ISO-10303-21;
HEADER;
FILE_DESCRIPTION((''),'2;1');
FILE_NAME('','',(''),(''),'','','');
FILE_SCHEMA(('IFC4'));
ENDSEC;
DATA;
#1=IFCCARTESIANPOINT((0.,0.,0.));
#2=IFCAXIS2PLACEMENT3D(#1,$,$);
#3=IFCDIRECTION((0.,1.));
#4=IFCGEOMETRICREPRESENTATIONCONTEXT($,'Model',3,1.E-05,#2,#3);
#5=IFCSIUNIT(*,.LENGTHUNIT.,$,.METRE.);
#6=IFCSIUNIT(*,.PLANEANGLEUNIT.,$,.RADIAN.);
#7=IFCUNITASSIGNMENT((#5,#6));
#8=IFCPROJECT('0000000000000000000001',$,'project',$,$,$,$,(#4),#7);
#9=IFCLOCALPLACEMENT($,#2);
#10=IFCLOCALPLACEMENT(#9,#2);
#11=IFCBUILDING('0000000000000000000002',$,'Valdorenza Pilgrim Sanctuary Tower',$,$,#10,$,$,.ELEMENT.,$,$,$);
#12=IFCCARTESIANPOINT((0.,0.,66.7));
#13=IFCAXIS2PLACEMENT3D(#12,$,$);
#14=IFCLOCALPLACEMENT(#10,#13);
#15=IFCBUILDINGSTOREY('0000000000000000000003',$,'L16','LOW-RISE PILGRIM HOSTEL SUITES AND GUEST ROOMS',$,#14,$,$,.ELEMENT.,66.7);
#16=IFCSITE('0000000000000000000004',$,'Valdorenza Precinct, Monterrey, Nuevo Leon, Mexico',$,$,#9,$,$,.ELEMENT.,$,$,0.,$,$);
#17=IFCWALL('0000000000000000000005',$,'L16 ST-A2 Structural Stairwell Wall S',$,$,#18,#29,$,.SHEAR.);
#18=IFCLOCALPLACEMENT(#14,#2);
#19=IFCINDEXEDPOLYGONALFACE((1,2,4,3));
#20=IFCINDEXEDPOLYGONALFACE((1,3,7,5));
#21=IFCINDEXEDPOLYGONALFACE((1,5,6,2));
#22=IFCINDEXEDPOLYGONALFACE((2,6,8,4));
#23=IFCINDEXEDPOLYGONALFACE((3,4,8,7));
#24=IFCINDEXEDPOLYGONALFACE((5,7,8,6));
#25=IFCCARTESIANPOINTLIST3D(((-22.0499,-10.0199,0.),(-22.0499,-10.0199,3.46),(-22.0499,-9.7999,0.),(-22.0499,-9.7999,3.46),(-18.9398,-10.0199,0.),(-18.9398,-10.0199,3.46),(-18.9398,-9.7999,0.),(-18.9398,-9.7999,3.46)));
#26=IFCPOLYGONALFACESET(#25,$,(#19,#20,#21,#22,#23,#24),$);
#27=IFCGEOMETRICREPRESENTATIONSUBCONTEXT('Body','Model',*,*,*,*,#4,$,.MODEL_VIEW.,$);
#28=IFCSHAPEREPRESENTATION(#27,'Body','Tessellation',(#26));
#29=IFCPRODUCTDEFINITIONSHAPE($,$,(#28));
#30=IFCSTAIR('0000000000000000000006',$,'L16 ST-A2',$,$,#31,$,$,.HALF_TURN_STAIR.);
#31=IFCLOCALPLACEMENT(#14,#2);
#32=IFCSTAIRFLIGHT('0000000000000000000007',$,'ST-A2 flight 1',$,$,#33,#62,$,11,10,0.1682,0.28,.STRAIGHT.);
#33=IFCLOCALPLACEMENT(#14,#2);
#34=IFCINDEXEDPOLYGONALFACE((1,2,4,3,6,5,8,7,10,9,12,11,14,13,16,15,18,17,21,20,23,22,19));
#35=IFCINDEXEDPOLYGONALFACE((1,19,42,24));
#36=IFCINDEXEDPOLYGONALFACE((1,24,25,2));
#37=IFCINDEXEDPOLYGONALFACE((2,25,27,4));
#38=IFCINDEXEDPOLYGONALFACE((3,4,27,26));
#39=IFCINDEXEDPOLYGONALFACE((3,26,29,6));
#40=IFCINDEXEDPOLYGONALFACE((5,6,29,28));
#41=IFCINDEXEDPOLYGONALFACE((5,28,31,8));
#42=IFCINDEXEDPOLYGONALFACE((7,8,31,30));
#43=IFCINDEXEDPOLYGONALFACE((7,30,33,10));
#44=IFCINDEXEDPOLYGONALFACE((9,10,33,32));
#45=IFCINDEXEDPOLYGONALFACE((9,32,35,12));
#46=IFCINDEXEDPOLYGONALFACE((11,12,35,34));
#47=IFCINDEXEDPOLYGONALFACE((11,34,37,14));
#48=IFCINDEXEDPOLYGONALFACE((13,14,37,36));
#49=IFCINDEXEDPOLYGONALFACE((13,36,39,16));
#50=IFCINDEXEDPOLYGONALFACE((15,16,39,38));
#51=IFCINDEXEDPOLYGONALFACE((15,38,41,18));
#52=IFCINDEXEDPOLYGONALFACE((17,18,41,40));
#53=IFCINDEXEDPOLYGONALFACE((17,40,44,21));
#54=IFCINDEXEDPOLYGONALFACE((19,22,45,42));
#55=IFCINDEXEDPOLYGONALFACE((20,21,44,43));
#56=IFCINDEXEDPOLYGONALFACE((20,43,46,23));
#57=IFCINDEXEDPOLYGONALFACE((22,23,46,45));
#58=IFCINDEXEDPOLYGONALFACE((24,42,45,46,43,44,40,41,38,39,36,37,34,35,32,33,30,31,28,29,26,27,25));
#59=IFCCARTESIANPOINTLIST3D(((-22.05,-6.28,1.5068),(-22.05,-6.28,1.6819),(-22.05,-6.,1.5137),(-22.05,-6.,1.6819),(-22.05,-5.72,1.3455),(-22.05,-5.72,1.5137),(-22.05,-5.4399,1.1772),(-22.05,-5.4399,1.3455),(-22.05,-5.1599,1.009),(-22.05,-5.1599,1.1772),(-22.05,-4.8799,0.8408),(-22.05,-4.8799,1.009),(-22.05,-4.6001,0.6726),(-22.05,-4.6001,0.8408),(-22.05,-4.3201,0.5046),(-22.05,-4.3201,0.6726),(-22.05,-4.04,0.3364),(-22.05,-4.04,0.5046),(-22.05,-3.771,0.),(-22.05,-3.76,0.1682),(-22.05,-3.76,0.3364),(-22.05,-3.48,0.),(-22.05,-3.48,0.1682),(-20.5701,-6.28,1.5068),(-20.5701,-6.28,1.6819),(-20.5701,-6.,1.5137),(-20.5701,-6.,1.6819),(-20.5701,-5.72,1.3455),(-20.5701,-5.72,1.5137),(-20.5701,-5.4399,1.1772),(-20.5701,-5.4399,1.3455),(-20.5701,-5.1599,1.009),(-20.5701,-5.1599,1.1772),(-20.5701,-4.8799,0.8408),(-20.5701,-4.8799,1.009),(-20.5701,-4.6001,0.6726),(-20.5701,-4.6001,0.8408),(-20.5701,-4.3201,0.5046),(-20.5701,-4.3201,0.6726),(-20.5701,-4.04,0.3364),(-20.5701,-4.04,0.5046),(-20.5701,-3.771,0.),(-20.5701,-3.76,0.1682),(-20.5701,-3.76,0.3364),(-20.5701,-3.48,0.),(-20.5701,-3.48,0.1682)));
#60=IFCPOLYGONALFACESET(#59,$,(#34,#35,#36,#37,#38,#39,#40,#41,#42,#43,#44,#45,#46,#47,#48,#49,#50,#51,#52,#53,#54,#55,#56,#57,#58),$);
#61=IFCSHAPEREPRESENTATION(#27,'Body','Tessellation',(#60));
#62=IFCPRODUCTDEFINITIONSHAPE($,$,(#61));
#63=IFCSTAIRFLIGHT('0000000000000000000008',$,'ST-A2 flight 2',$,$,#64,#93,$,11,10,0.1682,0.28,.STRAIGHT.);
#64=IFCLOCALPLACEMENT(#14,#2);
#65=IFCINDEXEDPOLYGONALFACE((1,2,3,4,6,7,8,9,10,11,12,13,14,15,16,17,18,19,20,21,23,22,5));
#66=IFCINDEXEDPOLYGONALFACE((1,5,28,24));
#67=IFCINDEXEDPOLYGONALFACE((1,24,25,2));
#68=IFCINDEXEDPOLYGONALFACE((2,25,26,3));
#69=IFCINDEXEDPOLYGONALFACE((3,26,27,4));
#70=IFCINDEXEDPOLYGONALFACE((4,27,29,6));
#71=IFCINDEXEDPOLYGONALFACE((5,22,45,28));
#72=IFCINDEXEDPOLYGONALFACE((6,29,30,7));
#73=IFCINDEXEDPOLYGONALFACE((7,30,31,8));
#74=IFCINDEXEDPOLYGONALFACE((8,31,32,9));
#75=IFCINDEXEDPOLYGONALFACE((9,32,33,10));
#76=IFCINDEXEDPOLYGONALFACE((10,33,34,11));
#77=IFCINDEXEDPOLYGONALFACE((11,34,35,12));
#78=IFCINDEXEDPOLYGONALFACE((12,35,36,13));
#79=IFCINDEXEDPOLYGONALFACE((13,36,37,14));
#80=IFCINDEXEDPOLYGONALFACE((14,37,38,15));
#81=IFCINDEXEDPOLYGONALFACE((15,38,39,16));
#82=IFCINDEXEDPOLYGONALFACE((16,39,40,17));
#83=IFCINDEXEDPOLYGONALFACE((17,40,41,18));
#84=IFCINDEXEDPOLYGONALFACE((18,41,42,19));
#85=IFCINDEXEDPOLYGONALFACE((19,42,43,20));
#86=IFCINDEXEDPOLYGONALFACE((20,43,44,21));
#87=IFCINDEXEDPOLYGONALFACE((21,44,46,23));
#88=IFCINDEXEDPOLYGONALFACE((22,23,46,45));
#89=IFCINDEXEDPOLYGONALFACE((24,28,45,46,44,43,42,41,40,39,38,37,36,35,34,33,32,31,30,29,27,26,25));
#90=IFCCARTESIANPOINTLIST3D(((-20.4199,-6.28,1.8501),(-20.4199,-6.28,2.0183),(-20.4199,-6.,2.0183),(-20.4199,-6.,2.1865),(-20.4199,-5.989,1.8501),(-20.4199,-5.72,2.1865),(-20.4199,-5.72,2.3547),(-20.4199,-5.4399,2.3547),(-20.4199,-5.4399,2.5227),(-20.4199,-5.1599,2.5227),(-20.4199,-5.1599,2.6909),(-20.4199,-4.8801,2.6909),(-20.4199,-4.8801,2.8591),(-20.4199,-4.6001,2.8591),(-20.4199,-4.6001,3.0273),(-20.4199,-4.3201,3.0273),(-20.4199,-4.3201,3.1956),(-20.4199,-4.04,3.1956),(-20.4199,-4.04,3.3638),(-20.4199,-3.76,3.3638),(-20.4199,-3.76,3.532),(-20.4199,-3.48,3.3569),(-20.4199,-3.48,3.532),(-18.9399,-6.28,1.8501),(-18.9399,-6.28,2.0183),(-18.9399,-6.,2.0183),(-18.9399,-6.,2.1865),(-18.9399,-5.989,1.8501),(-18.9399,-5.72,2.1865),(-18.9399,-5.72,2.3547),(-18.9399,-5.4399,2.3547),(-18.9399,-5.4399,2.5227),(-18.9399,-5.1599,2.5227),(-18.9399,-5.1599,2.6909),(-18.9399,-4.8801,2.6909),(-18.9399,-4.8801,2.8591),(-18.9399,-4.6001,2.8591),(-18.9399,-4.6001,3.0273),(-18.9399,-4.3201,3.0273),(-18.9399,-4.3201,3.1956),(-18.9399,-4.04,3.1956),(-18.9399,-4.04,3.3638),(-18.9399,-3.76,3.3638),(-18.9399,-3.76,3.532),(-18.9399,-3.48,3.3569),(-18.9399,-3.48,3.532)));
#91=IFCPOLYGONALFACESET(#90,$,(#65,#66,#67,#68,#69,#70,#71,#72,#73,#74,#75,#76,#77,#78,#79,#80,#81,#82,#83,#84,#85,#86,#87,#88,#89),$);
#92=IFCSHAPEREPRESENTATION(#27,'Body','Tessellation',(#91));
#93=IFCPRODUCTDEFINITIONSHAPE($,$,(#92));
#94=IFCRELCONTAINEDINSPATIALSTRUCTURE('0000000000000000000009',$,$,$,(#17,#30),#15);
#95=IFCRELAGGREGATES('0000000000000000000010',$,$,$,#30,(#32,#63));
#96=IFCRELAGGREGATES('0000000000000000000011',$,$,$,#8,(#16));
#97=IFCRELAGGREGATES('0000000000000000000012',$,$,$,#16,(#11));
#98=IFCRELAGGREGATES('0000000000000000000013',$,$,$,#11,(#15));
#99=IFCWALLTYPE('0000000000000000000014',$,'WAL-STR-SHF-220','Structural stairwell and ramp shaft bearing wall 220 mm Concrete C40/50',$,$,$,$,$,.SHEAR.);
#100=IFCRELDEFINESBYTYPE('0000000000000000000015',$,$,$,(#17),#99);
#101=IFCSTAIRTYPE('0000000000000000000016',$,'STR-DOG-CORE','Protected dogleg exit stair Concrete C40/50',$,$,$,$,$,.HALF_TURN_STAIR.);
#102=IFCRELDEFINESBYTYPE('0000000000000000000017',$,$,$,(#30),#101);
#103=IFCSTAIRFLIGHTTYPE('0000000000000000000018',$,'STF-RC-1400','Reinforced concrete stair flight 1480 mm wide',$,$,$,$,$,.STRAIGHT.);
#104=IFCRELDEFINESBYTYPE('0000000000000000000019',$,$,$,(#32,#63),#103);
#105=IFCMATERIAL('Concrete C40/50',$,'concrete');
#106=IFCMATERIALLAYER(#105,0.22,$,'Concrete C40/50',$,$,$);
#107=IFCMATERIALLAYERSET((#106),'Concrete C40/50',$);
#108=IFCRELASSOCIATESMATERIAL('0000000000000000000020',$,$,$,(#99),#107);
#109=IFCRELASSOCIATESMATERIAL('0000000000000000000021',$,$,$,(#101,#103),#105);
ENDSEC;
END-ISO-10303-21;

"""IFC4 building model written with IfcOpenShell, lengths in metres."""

from ifc_helpers import new_model, si_unit, direction, frame, frame_2d, origin, place, context, subcontext, project, spatial, polyline, rectangle, outline, extrude, material, layer, layer_set, type_object, element, aggregate, save


model = new_model("IFC4")

# Units and contexts
model_context = context("Model", 3, precision=1e-05, world=origin(), true_north=direction((0.0, 1.0)))
body_context = subcontext(model_context, "Body", "Model", "MODEL_VIEW")
ifc_project = project(units=[si_unit("LENGTHUNIT", "METRE"), si_unit("PLANEANGLEUNIT", "RADIAN")], contexts=[model_context])

# Site, building, storey
site_placement = place(None, origin())
site = spatial("IfcSite", under=ifc_project, at=site_placement, Name="Valdorenza Precinct, Monterrey, Nuevo Leon, Mexico", CompositionType="ELEMENT", RefElevation=0.0)
building_placement = place(site_placement, origin())
building = spatial("IfcBuilding", under=site, at=building_placement, Name="Valdorenza Pilgrim Sanctuary Tower", CompositionType="ELEMENT")
storey_placement = place(building_placement, frame((0.0, 0.0, 66.7)))
storey = spatial("IfcBuildingStorey", under=building, at=storey_placement, Name="L16", Description="LOW-RISE PILGRIM HOSTEL SUITES AND GUEST ROOMS", CompositionType="ELEMENT", Elevation=66.7)

# Wall
ifc_material_1 = material(Name="Concrete C40/50", Category="concrete")
ifc_layer_1 = layer(ifc_material_1, 0.22, Name="Concrete C40/50")
ifc_layer_set_1 = layer_set([ifc_layer_1], Name="Concrete C40/50")
wall_type_1 = type_object("IfcWallType", Name="WAL-STR-SHF-220", Description="Structural stairwell and ramp shaft bearing wall 220 mm Concrete C40/50", PredefinedType="SHEAR", material=ifc_layer_set_1)
wall_1_placement = place(storey_placement, frame((-22.05, -9.9099, 0.0), z_axis=(0.0, 0.0, 1.0), x_axis=(1.0, 0.0, 0.0)))
element("IfcWall", 1, at=wall_1_placement, inside=storey, type_object=wall_type_1, Name="L16 ST-A2 Structural Stairwell Wall S", PredefinedType="SHEAR", context=body_context, shape_type="SweptSolid", body=[
    extrude(rectangle(XDim=3.1101, YDim=0.22, at=frame_2d((1.5552, 0.0))), origin(), (0.0, 0.0, 1.0), 3.46),
])

# Stair, stair flights
stair_type = type_object("IfcStairType", Name="STR-DOG-CORE", Description="Protected dogleg exit stair Concrete C40/50", PredefinedType="HALF_TURN_STAIR", material=ifc_material_1)
stair_placement = place(storey_placement, origin())
stair = element("IfcStair", 2, at=stair_placement, inside=storey, type_object=stair_type, Name="L16 ST-A2", PredefinedType="HALF_TURN_STAIR")
stair_flight_type = type_object("IfcStairFlightType", Name="STF-RC-1400", Description="Reinforced concrete stair flight 1480 mm wide", PredefinedType="STRAIGHT", material=ifc_material_1)
stair_flight_1_placement = place(storey_placement, frame((-21.3101, -3.48, 0.0), z_axis=(0.0, 0.0, 1.0), x_axis=(0.0, -1.0, 0.0)))
stair_flight_1 = element("IfcStairFlight", 3, at=stair_flight_1_placement, type_object=stair_flight_type, Name="ST-A2 flight 1", NumberOfRisers=11, NumberOfTreads=10, PredefinedType="STRAIGHT", RiserHeight=0.1682, TreadLength=0.28, context=body_context, shape_type="SweptSolid", body=[
    extrude(outline(polyline([(0.0, 0.0), (0.0, 0.1682), (0.28, 0.1682), (0.28, 0.3364), (0.5601, 0.3364), (0.5601, 0.5046), (0.8401, 0.5046), (0.8401, 0.6726), (1.1201, 0.6726), (1.1201, 0.8408), (1.3999, 0.8408), (1.3999, 1.009), (1.6799, 1.009), (1.6799, 1.1772), (1.96, 1.1772), (1.96, 1.3455), (2.24, 1.3455), (2.24, 1.5137), (2.52, 1.5137), (2.52, 1.6819), (2.8, 1.6819), (2.8, 1.8501), (2.8, 1.5068), (0.291, 0.0), (0.0, 0.0)])), frame((0.0, 0.74, 0.0), z_axis=(0.0, -1.0, 0.0), x_axis=(1.0, 0.0, 0.0)), (0.0, 0.0, 1.0), 1.48),
])
stair_flight_2_placement = place(storey_placement, frame((-19.6799, -6.28, 1.8501), z_axis=(0.0, 0.0, 1.0), x_axis=(0.0, 1.0, 0.0)))
stair_flight_2 = element("IfcStairFlight", 4, at=stair_flight_2_placement, type_object=stair_flight_type, Name="ST-A2 flight 2", NumberOfRisers=11, NumberOfTreads=10, PredefinedType="STRAIGHT", RiserHeight=0.1682, TreadLength=0.28, context=body_context, shape_type="SweptSolid", body=[
    extrude(outline(polyline([(0.0, 0.0), (0.0, 0.1682), (0.28, 0.1682), (0.28, 0.3364), (0.5601, 0.3364), (0.5601, 0.5046), (0.8401, 0.5046), (0.8401, 0.6726), (1.1201, 0.6726), (1.1201, 0.8408), (1.3999, 0.8408), (1.3999, 1.009), (1.6799, 1.009), (1.6799, 1.1772), (1.96, 1.1772), (1.96, 1.3455), (2.24, 1.3455), (2.24, 1.5137), (2.52, 1.5137), (2.52, 1.6819), (2.8, 1.6819), (2.8, 1.8501), (2.8, 1.5068), (0.291, 0.0), (0.0, 0.0)])), frame((0.0, 0.74, 0.0), z_axis=(0.0, -1.0, 0.0), x_axis=(1.0, 0.0, 0.0)), (0.0, 0.0, 1.0), 1.48),
])
aggregate(stair, [stair_flight_1, stair_flight_2])

save(model, "model.ifc")
